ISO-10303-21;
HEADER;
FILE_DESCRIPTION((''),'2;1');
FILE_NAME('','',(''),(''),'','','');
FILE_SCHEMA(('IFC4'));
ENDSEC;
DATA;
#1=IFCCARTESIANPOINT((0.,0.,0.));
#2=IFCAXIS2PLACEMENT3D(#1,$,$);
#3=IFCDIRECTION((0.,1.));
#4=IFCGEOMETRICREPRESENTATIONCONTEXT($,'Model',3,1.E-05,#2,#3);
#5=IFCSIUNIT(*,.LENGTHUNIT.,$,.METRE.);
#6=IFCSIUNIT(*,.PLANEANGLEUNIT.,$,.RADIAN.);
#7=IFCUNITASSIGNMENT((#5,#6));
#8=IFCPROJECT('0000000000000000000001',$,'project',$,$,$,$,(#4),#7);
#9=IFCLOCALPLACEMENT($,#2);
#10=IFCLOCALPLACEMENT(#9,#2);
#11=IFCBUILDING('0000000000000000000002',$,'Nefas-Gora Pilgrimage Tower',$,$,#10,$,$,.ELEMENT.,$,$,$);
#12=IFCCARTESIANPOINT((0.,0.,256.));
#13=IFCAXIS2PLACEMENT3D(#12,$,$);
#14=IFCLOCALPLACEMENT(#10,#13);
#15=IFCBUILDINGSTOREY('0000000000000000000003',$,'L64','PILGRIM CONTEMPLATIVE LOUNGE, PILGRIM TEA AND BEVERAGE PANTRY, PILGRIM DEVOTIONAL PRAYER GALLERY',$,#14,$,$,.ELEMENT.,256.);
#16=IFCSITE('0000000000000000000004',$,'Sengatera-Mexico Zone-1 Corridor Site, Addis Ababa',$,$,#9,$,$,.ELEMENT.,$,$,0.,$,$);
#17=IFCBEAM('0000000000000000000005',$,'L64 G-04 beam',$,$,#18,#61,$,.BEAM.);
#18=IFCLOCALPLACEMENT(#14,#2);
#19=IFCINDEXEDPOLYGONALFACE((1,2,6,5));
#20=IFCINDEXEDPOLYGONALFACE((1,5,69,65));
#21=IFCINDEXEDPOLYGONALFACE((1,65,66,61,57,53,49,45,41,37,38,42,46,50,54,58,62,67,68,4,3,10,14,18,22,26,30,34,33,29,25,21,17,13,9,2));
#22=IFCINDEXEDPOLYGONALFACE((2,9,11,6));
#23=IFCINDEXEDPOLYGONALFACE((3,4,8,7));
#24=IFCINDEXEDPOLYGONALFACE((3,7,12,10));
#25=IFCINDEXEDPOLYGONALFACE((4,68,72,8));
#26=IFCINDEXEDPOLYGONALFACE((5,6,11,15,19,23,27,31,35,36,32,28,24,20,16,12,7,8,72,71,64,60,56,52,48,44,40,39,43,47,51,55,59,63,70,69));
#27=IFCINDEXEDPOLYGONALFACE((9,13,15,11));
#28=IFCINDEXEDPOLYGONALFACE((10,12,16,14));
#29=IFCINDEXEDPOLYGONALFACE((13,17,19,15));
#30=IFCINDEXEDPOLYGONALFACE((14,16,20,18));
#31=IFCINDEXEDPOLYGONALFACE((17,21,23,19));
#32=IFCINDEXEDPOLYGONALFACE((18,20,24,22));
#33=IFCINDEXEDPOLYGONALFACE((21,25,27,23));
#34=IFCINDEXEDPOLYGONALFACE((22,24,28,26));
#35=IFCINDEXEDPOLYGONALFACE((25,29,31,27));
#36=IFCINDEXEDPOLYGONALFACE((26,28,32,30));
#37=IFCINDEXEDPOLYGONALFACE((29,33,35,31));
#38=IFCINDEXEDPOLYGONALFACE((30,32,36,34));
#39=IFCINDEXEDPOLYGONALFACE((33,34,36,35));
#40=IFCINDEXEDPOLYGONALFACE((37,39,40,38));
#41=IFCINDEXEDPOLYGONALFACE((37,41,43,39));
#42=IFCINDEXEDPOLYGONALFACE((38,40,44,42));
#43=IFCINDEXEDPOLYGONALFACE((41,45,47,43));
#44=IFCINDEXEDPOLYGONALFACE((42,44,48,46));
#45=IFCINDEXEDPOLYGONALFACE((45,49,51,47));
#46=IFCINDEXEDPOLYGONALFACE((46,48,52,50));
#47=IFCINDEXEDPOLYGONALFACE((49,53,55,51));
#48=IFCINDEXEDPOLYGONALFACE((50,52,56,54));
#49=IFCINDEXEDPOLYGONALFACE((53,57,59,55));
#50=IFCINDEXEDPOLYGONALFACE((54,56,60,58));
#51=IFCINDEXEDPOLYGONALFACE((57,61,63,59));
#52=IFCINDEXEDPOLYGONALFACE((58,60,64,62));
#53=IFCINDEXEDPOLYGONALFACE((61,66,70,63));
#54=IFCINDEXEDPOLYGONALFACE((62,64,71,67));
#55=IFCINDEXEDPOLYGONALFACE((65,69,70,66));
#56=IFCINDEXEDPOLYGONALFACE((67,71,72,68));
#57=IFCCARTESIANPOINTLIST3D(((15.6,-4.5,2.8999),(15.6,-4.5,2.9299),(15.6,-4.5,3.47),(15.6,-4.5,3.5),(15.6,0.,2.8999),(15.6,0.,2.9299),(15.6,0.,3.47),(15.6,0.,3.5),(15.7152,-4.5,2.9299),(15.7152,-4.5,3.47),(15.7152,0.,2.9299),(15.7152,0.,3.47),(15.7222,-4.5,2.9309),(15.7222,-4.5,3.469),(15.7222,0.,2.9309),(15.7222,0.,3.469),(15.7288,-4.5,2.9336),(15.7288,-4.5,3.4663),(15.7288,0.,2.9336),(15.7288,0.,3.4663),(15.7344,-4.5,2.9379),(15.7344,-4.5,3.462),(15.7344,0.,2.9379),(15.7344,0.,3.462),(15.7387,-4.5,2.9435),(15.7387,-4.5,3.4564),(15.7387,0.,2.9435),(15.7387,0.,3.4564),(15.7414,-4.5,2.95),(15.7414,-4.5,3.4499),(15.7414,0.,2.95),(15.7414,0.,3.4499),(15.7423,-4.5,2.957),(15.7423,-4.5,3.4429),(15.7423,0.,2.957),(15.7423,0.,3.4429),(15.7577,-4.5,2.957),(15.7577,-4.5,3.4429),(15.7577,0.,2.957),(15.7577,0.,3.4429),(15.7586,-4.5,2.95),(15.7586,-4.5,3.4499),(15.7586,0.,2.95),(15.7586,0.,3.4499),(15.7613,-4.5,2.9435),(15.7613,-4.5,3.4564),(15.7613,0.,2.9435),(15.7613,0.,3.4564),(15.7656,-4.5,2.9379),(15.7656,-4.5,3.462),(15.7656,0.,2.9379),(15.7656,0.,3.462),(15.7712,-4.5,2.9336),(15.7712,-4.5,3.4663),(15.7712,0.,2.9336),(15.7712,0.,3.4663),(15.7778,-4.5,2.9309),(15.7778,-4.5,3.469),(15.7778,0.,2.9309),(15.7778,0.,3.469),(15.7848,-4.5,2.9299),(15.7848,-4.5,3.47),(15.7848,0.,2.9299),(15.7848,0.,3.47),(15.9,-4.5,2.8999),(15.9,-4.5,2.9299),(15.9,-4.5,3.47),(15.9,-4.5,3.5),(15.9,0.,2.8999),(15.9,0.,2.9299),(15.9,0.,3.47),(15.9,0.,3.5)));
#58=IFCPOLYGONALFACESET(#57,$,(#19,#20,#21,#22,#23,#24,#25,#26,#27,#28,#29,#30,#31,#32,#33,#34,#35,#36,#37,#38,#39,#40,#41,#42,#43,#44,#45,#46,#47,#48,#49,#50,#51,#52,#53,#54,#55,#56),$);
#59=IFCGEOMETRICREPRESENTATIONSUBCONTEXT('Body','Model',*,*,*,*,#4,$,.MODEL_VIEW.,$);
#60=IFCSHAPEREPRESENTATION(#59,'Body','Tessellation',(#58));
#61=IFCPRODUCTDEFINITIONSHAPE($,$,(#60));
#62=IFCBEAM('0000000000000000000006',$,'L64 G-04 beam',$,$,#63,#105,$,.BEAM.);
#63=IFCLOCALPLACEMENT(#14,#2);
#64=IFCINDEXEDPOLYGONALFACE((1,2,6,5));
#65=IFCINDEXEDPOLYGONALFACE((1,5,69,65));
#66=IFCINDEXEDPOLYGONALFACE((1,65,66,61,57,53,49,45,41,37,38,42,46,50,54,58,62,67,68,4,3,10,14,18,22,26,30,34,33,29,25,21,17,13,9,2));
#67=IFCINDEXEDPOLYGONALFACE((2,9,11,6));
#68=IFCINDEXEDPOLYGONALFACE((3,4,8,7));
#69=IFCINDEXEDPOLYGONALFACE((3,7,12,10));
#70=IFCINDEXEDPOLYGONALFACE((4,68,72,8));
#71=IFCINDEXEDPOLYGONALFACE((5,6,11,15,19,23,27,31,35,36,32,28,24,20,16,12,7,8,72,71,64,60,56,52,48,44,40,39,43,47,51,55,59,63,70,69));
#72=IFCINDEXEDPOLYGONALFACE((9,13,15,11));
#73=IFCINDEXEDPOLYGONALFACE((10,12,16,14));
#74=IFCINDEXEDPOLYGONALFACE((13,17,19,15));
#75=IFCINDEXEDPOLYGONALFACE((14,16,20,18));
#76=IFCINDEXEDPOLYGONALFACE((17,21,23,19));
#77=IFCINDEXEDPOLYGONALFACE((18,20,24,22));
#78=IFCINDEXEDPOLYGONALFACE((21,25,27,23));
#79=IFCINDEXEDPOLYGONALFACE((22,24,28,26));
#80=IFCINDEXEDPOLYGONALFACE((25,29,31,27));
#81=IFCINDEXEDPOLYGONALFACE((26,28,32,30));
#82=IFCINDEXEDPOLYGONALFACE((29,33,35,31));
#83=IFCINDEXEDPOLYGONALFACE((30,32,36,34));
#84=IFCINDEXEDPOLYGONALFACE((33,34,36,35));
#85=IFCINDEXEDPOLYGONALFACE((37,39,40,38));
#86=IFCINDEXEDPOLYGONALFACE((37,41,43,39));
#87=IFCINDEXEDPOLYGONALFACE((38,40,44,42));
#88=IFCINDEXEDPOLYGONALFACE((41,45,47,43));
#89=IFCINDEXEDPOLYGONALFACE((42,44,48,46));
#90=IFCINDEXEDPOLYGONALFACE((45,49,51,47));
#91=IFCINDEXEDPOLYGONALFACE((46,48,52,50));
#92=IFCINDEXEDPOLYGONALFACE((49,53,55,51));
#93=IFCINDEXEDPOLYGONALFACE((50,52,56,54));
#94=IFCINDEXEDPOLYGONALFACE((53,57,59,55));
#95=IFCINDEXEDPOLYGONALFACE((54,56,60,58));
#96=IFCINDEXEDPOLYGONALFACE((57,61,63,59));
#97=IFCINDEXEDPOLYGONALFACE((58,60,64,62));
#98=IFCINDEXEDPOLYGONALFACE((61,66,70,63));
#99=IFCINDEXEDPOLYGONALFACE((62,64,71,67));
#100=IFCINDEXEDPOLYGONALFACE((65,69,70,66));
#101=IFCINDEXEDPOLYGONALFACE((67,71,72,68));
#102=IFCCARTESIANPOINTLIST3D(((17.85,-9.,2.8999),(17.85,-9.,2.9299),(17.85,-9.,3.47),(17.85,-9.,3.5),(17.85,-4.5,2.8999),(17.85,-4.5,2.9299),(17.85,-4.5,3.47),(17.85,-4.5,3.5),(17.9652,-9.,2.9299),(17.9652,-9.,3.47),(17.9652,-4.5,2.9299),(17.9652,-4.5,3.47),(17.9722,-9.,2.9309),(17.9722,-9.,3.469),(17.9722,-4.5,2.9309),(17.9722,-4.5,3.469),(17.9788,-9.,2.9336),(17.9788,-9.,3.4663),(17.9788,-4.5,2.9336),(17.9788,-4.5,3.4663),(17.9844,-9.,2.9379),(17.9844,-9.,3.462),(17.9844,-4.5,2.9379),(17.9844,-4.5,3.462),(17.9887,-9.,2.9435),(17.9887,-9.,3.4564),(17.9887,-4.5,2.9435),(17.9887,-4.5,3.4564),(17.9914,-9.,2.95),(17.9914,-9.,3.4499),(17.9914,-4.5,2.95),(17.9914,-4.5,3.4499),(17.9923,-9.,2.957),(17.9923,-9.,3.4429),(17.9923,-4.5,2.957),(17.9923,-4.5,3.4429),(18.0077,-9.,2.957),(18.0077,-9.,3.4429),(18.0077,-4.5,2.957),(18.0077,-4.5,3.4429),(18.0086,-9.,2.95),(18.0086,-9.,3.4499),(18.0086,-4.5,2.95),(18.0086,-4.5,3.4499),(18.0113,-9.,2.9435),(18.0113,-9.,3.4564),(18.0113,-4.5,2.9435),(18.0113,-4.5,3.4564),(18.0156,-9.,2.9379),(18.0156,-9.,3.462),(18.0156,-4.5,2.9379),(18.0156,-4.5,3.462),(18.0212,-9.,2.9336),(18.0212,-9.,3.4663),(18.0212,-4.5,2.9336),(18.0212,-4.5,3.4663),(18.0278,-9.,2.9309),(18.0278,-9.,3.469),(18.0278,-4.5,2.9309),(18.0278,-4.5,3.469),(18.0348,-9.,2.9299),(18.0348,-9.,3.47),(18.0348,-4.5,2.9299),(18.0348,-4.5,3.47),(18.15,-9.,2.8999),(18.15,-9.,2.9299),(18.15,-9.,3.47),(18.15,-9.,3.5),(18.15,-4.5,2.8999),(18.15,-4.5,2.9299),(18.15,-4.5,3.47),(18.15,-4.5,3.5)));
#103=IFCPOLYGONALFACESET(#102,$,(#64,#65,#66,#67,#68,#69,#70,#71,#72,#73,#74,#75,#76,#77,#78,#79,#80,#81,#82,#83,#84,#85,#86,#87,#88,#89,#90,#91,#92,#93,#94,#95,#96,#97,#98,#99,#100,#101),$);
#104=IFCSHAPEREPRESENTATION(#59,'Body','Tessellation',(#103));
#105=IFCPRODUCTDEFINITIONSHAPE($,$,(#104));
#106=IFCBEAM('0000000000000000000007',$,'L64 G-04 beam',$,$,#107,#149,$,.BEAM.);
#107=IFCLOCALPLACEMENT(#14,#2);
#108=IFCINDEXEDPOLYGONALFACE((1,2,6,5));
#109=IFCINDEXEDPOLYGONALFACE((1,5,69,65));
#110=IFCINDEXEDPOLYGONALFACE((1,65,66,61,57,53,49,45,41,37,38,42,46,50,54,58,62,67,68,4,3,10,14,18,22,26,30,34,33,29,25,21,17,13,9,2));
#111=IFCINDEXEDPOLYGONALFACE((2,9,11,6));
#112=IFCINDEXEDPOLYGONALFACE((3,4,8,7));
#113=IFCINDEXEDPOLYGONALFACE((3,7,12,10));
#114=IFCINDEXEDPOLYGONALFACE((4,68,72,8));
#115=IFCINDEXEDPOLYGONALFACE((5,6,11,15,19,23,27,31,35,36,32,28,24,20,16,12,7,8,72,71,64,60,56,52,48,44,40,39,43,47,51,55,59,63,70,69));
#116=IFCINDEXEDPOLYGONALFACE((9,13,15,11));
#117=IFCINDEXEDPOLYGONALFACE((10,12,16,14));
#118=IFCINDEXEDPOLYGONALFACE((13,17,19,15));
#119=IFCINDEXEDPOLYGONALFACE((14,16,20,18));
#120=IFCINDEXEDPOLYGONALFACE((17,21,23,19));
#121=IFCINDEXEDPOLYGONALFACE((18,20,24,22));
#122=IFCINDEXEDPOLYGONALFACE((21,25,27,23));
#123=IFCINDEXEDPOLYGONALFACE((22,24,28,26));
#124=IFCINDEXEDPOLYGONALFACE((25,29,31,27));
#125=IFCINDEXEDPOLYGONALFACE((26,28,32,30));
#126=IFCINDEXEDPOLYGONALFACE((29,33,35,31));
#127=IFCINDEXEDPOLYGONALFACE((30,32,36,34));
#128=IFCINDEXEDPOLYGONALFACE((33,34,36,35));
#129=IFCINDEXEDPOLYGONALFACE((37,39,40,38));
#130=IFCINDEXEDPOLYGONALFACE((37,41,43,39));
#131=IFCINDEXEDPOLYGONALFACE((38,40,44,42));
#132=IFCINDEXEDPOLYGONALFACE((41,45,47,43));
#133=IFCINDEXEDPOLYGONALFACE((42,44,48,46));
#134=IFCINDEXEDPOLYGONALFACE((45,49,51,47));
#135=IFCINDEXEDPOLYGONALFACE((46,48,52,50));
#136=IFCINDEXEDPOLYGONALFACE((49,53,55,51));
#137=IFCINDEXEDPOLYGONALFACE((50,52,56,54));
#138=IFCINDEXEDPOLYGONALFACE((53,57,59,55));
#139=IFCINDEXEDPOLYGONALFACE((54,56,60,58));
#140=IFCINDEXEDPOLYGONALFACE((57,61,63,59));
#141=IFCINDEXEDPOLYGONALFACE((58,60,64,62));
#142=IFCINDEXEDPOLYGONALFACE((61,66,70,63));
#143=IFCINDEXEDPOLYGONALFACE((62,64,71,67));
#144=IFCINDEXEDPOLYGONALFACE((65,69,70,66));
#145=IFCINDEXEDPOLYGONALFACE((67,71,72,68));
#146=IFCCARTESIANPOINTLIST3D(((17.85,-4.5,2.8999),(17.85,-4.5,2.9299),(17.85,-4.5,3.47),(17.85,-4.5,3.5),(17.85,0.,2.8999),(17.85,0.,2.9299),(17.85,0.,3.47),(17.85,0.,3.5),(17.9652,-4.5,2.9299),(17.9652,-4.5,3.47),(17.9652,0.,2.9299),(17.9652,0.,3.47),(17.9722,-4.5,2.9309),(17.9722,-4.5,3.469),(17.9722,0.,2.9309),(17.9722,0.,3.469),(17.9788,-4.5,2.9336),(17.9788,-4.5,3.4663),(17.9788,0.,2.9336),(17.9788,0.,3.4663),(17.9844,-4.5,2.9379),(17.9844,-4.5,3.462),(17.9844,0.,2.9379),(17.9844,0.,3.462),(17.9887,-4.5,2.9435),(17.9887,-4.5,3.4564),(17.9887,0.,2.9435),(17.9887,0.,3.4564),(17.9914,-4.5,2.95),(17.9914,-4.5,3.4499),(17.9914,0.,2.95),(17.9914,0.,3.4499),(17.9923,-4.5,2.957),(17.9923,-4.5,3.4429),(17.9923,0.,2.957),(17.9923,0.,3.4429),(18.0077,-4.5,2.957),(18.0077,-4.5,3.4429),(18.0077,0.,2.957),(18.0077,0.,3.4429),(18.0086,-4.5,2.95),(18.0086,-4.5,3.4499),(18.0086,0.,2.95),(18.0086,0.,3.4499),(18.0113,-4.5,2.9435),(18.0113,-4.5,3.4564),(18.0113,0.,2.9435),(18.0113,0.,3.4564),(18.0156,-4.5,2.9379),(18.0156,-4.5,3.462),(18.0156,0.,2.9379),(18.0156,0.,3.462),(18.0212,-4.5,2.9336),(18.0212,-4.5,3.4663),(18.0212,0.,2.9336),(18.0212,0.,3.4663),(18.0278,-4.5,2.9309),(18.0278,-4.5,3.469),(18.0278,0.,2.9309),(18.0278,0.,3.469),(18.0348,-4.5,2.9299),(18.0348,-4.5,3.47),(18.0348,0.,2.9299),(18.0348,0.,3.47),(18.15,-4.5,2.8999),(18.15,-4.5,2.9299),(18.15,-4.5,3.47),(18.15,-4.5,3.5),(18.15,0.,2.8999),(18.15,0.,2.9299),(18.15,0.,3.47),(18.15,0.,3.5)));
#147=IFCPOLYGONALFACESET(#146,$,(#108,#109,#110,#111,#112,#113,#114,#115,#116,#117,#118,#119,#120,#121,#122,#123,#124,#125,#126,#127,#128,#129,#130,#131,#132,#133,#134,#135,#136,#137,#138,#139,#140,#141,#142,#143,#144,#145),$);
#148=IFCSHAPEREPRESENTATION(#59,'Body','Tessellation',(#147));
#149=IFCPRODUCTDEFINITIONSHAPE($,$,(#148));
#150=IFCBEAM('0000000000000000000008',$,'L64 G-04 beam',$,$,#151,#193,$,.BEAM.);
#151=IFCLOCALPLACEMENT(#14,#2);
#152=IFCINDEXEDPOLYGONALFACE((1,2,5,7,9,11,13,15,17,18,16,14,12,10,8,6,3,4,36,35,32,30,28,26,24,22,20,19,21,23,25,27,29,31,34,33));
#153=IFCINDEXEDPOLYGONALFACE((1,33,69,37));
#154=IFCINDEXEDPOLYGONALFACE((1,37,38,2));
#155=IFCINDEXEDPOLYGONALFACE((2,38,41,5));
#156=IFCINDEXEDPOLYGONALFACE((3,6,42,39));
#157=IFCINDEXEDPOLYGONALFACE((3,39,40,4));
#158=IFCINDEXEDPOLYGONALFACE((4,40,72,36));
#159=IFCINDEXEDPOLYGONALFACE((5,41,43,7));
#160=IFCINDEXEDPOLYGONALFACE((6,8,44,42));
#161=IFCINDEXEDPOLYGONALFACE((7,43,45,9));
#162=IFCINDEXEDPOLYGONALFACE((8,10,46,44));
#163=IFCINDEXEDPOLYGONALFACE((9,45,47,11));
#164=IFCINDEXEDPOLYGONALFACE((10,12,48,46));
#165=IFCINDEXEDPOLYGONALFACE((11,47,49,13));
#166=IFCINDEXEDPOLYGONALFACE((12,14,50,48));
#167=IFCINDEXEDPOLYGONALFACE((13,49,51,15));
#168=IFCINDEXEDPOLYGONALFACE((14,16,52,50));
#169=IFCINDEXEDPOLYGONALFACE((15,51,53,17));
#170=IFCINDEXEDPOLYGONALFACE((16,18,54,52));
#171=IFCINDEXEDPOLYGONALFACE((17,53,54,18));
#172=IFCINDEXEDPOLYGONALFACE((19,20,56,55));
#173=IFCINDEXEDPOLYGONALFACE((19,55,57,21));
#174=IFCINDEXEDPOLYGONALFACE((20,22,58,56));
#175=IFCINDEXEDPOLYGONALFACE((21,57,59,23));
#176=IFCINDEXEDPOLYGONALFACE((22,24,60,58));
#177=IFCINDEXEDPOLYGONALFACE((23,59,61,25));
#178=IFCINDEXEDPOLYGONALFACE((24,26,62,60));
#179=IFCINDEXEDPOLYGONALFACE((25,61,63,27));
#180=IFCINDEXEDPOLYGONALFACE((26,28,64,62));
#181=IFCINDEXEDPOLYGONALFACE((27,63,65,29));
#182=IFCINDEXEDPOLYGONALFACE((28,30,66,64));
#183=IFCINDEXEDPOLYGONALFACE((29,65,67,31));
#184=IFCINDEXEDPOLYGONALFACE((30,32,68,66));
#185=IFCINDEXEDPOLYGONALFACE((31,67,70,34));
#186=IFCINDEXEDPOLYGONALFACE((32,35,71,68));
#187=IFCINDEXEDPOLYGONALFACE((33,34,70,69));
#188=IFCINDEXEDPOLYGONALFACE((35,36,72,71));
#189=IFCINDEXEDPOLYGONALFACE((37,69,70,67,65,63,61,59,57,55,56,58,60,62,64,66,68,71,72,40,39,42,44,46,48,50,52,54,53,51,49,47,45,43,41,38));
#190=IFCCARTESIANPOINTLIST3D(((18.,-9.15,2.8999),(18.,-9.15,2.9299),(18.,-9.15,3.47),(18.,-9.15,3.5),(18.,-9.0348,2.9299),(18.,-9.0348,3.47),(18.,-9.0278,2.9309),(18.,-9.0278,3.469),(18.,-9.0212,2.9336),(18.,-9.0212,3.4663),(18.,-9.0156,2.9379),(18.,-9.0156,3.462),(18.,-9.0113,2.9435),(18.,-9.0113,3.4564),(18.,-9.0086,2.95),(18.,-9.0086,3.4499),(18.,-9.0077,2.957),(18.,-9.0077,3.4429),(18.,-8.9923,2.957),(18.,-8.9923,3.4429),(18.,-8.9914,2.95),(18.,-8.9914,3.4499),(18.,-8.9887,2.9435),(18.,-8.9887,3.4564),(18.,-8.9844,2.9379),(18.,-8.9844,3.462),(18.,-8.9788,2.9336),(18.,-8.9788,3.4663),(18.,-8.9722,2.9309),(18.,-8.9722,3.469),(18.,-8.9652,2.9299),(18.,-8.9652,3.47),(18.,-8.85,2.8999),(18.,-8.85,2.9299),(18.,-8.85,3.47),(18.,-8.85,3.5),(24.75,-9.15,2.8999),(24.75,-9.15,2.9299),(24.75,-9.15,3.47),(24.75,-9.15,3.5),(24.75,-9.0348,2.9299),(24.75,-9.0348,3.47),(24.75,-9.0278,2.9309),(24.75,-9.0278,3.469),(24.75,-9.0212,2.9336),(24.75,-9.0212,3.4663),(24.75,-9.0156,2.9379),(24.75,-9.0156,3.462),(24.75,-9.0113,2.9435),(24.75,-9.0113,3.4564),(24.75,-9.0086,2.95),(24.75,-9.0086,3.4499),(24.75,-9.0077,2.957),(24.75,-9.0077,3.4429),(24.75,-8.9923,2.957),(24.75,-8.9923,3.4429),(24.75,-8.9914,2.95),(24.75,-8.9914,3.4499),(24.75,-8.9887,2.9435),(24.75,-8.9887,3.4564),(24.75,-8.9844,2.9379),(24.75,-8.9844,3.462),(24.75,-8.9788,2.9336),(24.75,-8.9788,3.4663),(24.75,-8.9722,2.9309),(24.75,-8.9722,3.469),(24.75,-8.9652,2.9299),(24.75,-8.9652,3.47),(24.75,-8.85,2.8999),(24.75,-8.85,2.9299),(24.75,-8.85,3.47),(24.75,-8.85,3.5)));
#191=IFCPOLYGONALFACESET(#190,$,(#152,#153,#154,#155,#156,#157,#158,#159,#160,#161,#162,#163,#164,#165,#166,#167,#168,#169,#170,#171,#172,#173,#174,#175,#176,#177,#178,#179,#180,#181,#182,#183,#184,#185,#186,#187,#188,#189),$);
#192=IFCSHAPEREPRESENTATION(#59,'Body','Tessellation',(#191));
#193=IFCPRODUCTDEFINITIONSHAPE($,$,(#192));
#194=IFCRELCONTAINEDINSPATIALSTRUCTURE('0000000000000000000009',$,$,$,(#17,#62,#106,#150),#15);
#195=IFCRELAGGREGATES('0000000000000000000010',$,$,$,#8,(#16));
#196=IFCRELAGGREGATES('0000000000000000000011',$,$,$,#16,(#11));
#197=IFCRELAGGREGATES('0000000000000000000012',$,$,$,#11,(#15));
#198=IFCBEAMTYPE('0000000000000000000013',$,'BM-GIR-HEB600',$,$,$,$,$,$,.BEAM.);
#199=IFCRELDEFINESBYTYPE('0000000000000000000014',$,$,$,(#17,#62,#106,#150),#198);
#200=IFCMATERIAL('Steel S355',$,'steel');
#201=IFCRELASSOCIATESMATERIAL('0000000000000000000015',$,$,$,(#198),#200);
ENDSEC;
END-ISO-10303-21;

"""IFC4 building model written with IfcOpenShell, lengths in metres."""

from ifc_helpers import new_model, si_unit, direction, frame, origin, origin_2d, place, context, subcontext, project, spatial, i_section, extrude, source, transform, mapped, material, material_profile, profile_set, type_object, element, save


model = new_model("IFC4")

# Units and contexts
model_context = context("Model", 3, precision=1e-05, world=origin(), true_north=direction((0.0, 1.0)))
body_context = subcontext(model_context, "Body", "Model", "MODEL_VIEW")
ifc_project = project(units=[si_unit("LENGTHUNIT", "METRE"), si_unit("PLANEANGLEUNIT", "RADIAN")], contexts=[model_context])

# Site, building, storey
site_placement = place(None, origin())
site = spatial("IfcSite", under=ifc_project, at=site_placement, Name="Sengatera-Mexico Zone-1 Corridor Site, Addis Ababa", CompositionType="ELEMENT", RefElevation=0.0)
building_placement = place(site_placement, origin())
building = spatial("IfcBuilding", under=site, at=building_placement, Name="Nefas-Gora Pilgrimage Tower", CompositionType="ELEMENT")
storey_placement = place(building_placement, frame((0.0, 0.0, 256.0)))
storey = spatial("IfcBuildingStorey", under=building, at=storey_placement, Name="L64", Description="PILGRIM CONTEMPLATIVE LOUNGE, PILGRIM TEA AND BEVERAGE PANTRY, PILGRIM DEVOTIONAL PRAYER GALLERY", CompositionType="ELEMENT", Elevation=256.0)

# Beams
ifc_material_1 = material(Name="Steel S355", Category="steel")
ifc_material_profile_1 = material_profile(ifc_material_1, i_section(OverallWidth=0.3, OverallDepth=0.6001, WebThickness=0.0154, FlangeThickness=0.03, FilletRadius=0.0271, at=origin_2d()), Name="HEB 600")
ifc_profile_set_1 = profile_set([ifc_material_profile_1], Name="Steel S355")
beam_type_1 = type_object("IfcBeamType", Name="BM-GIR-HEB600", PredefinedType="BEAM", material=ifc_profile_set_1)
shared_shape_1 = source(origin(), body_context, "Body", "SweptSolid", [
    extrude(i_section(OverallWidth=0.3, OverallDepth=0.6001, WebThickness=0.0154, FlangeThickness=0.03, FilletRadius=0.0271, at=origin_2d()), origin(), (0.0, 0.0, 1.0), 4.5),
])
for number, where, z_axis, x_axis, name in (
    (1, (15.75, -4.5, 3.2), (0.0, 1.0, 0.0), (-1.0, 0.0, 0.0), "L64 G-04 beam"),
    (2, (18.0, -9.0, 3.2), (0.0, 1.0, 0.0), (-1.0, 0.0, 0.0), "L64 G-04 beam"),
    (3, (18.0, -4.5, 3.2), (0.0, 1.0, 0.0), (-1.0, 0.0, 0.0), "L64 G-04 beam"),
):
    element("IfcBeam", number, at=place(storey_placement, frame(where, z_axis=z_axis, x_axis=x_axis)), inside=storey, type_object=beam_type_1, Name=name, PredefinedType="BEAM", context=body_context, shape_type="MappedRepresentation", body=[
        mapped(shared_shape_1, transform((0.0, 0.0, 0.0), x_axis=(1.0, 0.0, 0.0), y_axis=(0.0, 1.0, 0.0), z_axis=(0.0, 0.0, 1.0), scale=1.0)),
    ])
shared_shape_2 = source(origin(), body_context, "Body", "SweptSolid", [
    extrude(i_section(OverallWidth=0.3, OverallDepth=0.6001, WebThickness=0.0154, FlangeThickness=0.03, FilletRadius=0.0271, at=origin_2d()), origin(), (0.0, 0.0, 1.0), 6.75),
])
for number, where, z_axis, x_axis, name in (
    (4, (18.0, -9.0, 3.2), (1.0, 0.0, 0.0), (0.0, 1.0, 0.0), "L64 G-04 beam"),
):
    element("IfcBeam", number, at=place(storey_placement, frame(where, z_axis=z_axis, x_axis=x_axis)), inside=storey, type_object=beam_type_1, Name=name, PredefinedType="BEAM", context=body_context, shape_type="MappedRepresentation", body=[
        mapped(shared_shape_2, transform((0.0, 0.0, 0.0), x_axis=(1.0, 0.0, 0.0), y_axis=(0.0, 1.0, 0.0), z_axis=(0.0, 0.0, 1.0), scale=1.0)),
    ])

save(model, "model.ifc")
